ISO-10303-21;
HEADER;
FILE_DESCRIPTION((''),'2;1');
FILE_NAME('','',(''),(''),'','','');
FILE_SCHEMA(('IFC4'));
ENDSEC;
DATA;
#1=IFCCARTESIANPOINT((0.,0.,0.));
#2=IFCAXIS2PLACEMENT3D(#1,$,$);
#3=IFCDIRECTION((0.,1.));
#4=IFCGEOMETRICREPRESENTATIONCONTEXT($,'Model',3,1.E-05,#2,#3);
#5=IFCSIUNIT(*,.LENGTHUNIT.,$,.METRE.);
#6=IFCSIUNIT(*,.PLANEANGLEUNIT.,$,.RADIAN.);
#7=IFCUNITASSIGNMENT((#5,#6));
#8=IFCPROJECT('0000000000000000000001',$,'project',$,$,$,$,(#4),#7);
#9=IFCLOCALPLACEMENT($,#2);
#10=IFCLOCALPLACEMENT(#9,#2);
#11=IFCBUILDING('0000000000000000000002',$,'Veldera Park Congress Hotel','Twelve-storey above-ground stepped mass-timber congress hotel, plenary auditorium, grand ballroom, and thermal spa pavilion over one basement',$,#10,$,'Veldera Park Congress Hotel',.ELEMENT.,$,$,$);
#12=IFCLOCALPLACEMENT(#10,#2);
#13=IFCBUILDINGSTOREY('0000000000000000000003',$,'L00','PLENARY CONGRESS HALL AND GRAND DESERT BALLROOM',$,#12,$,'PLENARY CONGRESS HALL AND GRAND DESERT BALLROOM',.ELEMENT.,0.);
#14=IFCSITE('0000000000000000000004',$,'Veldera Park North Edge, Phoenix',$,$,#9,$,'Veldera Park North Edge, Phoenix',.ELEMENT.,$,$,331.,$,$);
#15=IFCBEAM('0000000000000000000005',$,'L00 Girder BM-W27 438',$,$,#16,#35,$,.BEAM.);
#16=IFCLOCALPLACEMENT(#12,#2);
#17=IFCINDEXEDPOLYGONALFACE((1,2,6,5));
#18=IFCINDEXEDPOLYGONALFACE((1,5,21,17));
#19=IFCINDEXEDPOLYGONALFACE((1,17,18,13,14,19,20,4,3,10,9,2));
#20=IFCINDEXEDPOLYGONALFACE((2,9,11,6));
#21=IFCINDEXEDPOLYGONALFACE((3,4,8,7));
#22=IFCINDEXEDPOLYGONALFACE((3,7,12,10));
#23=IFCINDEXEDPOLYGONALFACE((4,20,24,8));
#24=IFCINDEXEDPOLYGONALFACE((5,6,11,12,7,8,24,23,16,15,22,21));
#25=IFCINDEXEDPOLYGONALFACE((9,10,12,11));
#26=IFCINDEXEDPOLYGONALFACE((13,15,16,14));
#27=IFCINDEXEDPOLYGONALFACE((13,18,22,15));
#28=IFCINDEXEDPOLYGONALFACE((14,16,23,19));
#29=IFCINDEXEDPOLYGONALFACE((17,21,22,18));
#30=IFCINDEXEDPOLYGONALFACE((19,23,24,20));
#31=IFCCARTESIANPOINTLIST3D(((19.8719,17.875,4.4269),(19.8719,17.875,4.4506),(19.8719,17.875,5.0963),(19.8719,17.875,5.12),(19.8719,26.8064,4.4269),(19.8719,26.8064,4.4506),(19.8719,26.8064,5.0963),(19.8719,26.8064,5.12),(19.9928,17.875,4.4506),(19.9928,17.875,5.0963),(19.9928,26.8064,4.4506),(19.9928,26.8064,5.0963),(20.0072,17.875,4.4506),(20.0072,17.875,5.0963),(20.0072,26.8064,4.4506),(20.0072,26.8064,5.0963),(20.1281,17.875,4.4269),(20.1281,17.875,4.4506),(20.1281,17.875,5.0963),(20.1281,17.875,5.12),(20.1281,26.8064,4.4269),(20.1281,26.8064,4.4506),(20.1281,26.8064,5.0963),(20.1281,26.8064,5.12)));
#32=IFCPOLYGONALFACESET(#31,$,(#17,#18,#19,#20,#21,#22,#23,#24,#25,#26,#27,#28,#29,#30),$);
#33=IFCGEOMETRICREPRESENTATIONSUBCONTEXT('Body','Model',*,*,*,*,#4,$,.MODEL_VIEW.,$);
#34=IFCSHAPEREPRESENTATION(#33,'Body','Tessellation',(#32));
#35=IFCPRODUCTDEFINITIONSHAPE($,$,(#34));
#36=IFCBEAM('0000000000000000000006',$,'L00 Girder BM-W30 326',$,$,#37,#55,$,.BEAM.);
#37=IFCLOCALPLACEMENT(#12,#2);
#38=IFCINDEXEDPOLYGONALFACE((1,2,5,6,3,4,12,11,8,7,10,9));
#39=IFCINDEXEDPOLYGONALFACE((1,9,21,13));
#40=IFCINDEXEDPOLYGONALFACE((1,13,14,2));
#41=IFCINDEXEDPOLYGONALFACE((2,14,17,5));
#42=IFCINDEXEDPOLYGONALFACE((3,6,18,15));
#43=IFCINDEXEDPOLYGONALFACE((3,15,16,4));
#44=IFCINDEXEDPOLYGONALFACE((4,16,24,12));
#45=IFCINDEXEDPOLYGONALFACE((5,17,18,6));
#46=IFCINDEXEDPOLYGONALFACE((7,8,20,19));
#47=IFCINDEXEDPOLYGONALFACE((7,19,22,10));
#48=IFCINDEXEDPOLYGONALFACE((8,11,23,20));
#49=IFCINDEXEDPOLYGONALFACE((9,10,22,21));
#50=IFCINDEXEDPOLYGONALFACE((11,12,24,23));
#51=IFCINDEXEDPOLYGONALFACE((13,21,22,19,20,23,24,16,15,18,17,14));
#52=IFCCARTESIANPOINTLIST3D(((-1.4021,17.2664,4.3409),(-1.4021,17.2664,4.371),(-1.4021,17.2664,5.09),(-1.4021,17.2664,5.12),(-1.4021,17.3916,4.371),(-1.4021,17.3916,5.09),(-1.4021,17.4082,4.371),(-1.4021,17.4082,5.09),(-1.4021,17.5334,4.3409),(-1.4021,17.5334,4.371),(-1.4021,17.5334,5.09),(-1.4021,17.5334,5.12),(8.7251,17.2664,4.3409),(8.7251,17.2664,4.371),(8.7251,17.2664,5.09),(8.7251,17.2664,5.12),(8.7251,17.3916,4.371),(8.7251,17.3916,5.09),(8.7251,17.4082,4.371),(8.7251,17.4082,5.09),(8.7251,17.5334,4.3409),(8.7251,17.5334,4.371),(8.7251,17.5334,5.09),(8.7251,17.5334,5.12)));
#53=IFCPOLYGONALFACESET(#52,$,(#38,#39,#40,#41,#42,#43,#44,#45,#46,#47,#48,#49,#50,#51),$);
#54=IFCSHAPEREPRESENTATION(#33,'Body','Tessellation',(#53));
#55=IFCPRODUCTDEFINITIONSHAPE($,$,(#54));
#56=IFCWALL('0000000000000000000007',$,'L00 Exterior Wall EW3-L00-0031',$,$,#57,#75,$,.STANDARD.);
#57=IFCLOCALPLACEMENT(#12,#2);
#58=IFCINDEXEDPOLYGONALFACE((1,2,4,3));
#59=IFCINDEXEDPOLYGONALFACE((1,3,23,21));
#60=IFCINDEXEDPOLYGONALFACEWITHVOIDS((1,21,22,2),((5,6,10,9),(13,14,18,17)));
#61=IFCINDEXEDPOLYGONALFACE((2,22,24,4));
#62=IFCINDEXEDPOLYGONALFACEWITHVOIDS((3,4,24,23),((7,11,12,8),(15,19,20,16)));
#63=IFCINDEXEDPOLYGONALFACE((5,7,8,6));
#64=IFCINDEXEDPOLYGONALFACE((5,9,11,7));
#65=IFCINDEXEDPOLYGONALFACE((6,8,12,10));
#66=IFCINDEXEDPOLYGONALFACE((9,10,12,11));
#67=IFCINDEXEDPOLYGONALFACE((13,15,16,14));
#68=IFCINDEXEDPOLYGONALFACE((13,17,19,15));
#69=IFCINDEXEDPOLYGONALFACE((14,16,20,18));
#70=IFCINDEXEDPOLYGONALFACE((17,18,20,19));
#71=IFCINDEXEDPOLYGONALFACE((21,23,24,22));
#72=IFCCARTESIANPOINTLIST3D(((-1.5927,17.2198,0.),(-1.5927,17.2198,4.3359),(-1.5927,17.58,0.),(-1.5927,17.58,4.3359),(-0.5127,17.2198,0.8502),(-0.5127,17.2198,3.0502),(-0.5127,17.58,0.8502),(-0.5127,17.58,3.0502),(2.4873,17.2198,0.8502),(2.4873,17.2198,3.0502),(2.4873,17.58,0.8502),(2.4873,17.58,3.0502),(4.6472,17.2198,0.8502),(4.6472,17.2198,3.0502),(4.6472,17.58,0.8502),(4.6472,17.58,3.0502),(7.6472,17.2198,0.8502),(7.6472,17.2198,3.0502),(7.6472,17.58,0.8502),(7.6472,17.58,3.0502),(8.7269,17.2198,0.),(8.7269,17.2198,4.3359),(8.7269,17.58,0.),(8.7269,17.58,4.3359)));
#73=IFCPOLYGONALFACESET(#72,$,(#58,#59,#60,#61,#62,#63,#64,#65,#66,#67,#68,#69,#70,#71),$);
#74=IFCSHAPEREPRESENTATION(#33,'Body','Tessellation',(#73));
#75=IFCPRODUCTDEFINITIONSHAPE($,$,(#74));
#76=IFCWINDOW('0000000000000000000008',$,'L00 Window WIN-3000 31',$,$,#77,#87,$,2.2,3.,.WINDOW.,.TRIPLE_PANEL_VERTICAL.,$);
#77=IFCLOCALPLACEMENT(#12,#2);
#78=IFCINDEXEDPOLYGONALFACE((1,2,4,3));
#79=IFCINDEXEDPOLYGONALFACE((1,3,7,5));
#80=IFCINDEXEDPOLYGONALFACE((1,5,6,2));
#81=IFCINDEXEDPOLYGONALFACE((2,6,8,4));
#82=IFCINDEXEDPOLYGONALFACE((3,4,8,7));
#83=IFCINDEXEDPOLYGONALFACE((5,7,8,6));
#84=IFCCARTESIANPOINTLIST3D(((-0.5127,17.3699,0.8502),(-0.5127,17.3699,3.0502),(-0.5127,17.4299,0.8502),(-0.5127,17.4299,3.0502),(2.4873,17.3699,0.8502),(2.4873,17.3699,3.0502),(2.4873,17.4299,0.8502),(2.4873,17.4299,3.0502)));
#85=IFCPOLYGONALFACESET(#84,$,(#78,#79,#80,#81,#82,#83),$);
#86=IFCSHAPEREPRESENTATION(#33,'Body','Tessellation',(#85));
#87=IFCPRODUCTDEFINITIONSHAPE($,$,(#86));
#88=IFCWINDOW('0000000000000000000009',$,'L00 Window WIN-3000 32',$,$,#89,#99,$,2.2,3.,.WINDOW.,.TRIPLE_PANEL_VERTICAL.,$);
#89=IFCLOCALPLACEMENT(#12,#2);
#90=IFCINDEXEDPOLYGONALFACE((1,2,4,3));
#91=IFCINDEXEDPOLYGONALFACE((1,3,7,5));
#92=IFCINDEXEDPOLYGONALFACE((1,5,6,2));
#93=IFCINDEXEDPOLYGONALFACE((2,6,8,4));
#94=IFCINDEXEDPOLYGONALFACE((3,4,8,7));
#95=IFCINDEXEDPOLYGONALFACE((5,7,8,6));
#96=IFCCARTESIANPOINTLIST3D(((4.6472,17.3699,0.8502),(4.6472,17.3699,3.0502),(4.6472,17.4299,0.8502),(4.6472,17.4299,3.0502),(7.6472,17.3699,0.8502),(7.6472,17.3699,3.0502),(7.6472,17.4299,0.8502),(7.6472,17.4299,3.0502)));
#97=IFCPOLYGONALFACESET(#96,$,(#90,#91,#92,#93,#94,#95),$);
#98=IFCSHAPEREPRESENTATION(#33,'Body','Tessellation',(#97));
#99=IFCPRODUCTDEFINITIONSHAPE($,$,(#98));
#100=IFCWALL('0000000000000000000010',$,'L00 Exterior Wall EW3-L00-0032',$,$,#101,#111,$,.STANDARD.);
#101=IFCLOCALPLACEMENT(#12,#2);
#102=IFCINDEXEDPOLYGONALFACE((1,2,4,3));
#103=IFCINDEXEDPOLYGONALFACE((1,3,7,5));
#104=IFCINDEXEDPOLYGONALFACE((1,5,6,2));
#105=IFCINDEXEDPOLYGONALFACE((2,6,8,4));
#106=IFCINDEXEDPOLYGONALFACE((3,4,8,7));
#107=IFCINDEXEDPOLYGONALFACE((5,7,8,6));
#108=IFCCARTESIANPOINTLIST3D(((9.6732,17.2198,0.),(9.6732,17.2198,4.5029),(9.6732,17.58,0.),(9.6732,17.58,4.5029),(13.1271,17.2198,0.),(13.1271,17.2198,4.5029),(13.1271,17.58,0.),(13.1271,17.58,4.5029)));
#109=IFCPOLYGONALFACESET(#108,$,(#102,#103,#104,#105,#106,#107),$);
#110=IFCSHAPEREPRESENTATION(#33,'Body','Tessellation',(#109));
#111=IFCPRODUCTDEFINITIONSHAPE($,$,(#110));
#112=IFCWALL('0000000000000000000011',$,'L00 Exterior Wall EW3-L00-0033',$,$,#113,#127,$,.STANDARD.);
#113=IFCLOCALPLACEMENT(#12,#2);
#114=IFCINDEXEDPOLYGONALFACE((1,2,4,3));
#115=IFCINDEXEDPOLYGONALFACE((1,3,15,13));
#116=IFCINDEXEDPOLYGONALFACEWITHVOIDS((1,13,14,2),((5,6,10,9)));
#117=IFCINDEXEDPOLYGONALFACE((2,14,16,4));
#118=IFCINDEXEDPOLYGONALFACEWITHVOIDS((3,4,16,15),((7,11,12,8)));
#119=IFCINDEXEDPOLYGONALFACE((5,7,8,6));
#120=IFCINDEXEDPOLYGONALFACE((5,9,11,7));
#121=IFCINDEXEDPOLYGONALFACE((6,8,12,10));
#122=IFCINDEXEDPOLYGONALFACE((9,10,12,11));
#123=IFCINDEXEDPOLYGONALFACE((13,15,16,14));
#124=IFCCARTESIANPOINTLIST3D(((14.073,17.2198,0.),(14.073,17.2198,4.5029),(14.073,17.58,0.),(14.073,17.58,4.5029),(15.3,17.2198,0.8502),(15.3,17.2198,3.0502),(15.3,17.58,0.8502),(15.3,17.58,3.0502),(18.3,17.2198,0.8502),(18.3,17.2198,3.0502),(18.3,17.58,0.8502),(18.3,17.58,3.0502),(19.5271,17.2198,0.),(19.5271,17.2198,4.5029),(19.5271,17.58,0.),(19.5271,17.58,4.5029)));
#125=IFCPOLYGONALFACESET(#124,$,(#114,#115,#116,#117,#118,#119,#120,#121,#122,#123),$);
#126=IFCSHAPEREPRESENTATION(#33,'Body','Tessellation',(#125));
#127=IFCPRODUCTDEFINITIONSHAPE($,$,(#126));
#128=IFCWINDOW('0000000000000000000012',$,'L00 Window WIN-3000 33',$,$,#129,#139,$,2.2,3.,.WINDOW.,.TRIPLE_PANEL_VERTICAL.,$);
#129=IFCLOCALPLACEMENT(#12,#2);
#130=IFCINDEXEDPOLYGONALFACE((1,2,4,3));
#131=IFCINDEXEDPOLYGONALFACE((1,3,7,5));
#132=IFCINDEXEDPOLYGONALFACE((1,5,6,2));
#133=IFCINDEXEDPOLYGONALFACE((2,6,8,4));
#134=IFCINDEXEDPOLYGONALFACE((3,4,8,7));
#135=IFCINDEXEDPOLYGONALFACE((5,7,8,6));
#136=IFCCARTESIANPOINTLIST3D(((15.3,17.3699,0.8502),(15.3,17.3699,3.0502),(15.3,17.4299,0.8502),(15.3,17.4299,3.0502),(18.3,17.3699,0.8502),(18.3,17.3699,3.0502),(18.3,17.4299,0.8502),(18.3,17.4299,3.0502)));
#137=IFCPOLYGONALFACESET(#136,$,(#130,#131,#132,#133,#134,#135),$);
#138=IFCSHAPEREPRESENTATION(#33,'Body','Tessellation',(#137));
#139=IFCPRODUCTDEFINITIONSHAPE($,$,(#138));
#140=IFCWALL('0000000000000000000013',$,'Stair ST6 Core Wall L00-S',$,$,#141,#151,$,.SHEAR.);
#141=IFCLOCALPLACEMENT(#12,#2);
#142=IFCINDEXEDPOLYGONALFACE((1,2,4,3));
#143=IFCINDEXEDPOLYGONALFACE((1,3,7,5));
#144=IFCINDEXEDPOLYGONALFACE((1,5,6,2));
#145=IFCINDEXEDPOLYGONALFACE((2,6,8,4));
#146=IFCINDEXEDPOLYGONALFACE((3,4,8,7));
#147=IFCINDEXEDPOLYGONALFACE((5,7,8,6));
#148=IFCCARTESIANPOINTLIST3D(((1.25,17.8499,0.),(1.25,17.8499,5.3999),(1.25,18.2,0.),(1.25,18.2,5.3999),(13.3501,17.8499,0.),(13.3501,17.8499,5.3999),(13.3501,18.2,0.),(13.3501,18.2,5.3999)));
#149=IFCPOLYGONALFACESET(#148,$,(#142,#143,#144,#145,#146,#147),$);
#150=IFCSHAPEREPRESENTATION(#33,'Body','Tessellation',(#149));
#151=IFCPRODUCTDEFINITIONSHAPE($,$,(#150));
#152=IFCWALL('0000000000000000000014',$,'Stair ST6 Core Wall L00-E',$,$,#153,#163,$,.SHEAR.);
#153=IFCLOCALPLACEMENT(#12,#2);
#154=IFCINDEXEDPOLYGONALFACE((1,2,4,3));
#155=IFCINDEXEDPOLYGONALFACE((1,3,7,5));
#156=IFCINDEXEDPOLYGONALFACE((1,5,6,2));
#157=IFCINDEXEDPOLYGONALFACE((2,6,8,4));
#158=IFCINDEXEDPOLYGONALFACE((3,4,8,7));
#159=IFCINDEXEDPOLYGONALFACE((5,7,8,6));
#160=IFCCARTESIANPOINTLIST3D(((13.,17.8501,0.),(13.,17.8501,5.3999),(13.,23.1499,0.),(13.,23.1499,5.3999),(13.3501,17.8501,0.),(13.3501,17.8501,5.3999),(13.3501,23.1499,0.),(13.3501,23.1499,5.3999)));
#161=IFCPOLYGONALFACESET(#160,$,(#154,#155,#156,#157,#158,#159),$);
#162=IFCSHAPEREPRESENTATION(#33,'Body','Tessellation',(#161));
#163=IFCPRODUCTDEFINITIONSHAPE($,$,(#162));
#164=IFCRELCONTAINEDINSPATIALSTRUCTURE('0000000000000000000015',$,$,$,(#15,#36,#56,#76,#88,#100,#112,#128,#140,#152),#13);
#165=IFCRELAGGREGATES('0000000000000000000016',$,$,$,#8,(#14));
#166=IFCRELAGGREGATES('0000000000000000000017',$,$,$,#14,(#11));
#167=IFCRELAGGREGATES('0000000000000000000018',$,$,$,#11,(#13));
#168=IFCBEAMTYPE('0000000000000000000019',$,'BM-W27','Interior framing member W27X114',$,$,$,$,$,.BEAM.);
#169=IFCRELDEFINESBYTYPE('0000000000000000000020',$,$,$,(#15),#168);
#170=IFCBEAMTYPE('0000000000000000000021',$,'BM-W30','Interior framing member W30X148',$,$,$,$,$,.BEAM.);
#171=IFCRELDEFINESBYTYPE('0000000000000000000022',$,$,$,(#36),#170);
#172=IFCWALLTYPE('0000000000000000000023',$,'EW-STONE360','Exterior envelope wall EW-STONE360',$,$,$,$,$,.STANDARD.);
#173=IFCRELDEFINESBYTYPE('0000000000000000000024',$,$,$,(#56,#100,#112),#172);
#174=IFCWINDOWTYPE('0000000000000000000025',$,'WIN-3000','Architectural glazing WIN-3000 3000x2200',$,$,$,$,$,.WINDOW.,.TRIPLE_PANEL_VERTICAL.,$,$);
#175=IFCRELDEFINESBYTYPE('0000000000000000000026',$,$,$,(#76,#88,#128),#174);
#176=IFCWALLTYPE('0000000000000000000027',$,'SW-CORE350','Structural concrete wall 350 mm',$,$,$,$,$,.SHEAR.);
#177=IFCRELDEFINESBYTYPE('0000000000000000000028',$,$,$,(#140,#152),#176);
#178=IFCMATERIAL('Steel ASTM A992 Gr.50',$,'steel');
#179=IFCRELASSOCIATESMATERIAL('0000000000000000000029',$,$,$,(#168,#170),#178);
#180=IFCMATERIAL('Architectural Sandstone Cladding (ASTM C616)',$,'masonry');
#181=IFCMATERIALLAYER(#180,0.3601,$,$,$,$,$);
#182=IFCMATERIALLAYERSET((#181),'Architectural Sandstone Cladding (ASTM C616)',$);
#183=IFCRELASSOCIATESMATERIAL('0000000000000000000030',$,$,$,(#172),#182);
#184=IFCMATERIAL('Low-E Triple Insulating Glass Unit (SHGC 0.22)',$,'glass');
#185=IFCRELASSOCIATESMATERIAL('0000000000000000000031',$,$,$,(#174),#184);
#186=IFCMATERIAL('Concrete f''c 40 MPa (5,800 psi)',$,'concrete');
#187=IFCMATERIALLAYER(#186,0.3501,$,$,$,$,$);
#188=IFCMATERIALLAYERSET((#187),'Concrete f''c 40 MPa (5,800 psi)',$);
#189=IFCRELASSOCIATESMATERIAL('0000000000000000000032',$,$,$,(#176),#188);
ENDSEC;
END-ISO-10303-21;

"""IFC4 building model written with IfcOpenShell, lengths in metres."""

from ifc_helpers import new_model, si_unit, direction, frame, frame_2d, origin, origin_2d, place, context, subcontext, project, spatial, rectangle, i_section, extrude, material, layer, layer_set, material_profile, profile_set, type_object, element, fill, save


model = new_model("IFC4")

# Units and contexts
model_context = context("Model", 3, precision=1e-05, world=origin(), true_north=direction((0.0, 1.0)))
body_context = subcontext(model_context, "Body", "Model", "MODEL_VIEW")
ifc_project = project(units=[si_unit("LENGTHUNIT", "METRE"), si_unit("PLANEANGLEUNIT", "RADIAN")], contexts=[model_context])

# Site, building, storey
site_placement = place(None, origin())
site = spatial("IfcSite", under=ifc_project, at=site_placement, Name="Veldera Park North Edge, Phoenix", LongName="Veldera Park North Edge, Phoenix", CompositionType="ELEMENT", RefElevation=331.0)
building_placement = place(site_placement, origin())
building = spatial("IfcBuilding", under=site, at=building_placement, Name="Veldera Park Congress Hotel", Description="Twelve-storey above-ground stepped mass-timber congress hotel, plenary auditorium, grand ballroom, and thermal spa pavilion over one basement", LongName="Veldera Park Congress Hotel", CompositionType="ELEMENT")
storey_placement = place(building_placement, origin())
storey = spatial("IfcBuildingStorey", under=building, at=storey_placement, Name="L00", Description="PLENARY CONGRESS HALL AND GRAND DESERT BALLROOM", LongName="PLENARY CONGRESS HALL AND GRAND DESERT BALLROOM", CompositionType="ELEMENT", Elevation=0.0)

# Beams
ifc_material_1 = material(Name="Steel ASTM A992 Gr.50", Category="steel")
ifc_material_profile_1 = material_profile(ifc_material_1, i_section(OverallWidth=0.2561, OverallDepth=0.6931, WebThickness=0.0144, FlangeThickness=0.0237, at=origin_2d()), Name="W27X114")
ifc_profile_set_1 = profile_set([ifc_material_profile_1], Name="Steel ASTM A992 Gr.50")
beam_type_1 = type_object("IfcBeamType", Name="BM-W27", Description="Interior framing member W27X114", PredefinedType="BEAM", material=ifc_profile_set_1)
beam_1_placement = place(storey_placement, frame((20.0, 17.875, 4.7734), z_axis=(0.0, 1.0, 0.0), x_axis=(-1.0, 0.0, 0.0)))
element("IfcBeam", 1, at=beam_1_placement, inside=storey, type_object=beam_type_1, Name="L00 Girder BM-W27 438", PredefinedType="BEAM", context=body_context, shape_type="SweptSolid", body=[
    extrude(i_section(OverallWidth=0.2561, OverallDepth=0.6931, WebThickness=0.0144, FlangeThickness=0.0237, at=origin_2d()), origin(), (0.0, 0.0, 1.0), 8.9314),
])
ifc_material_profile_2 = material_profile(ifc_material_1, i_section(OverallWidth=0.2671, OverallDepth=0.7791, WebThickness=0.0166, FlangeThickness=0.03, at=origin_2d()), Name="W30X148")
ifc_profile_set_2 = profile_set([ifc_material_profile_2], Name="Steel ASTM A992 Gr.50")
beam_type_2 = type_object("IfcBeamType", Name="BM-W30", Description="Interior framing member W30X148", PredefinedType="BEAM", material=ifc_profile_set_2)
beam_2_placement = place(storey_placement, frame((-1.4021, 17.3999, 4.7305), z_axis=(1.0, 0.0, 0.0), x_axis=(0.0, 1.0, 0.0)))
element("IfcBeam", 2, at=beam_2_placement, inside=storey, type_object=beam_type_2, Name="L00 Girder BM-W30 326", PredefinedType="BEAM", context=body_context, shape_type="SweptSolid", body=[
    extrude(i_section(OverallWidth=0.2671, OverallDepth=0.7791, WebThickness=0.0166, FlangeThickness=0.03, at=origin_2d()), origin(), (0.0, 0.0, 1.0), 10.1272),
])

# Wall, openings, windows
ifc_material_2 = material(Name="Architectural Sandstone Cladding (ASTM C616)", Category="masonry")
ifc_layer_1 = layer(ifc_material_2, 0.3601)
ifc_layer_set_1 = layer_set([ifc_layer_1], Name="Architectural Sandstone Cladding (ASTM C616)")
wall_type_1 = type_object("IfcWallType", Name="EW-STONE360", Description="Exterior envelope wall EW-STONE360", PredefinedType="STANDARD", material=ifc_layer_set_1)
wall_1_placement = place(storey_placement, frame((-1.5925, 17.3999, 0.0), z_axis=(0.0, 0.0, 1.0), x_axis=(1.0, 0.0, 0.0)))
wall_1 = element("IfcWall", 3, at=wall_1_placement, inside=storey, type_object=wall_type_1, Name="L00 Exterior Wall EW3-L00-0031", PredefinedType="STANDARD", context=body_context, shape_type="SweptSolid", body=[
    extrude(rectangle(XDim=10.3196, YDim=0.3601, at=frame_2d((5.1597, 0.0))), origin(), (0.0, 0.0, 1.0), 4.3359),
])
opening_1_placement = place(wall_1_placement, frame((1.0798, 0.0, 0.8501)))
opening_1 = element("IfcOpeningElement", 4, at=opening_1_placement, cuts=wall_1, PredefinedType="OPENING", context=body_context, shape_type="SweptSolid", body=[
    extrude(rectangle(XDim=3.0, YDim=2.2, at=frame_2d((1.5, 1.1001))), frame((0.0, 0.1921, 0.0), z_axis=(0.0, -1.0, 0.0), x_axis=(1.0, 0.0, 0.0)), (0.0, 0.0, 1.0), 0.384),
])
opening_2_placement = place(wall_1_placement, frame((6.2397, 0.0, 0.8501)))
opening_2 = element("IfcOpeningElement", 5, at=opening_2_placement, cuts=wall_1, PredefinedType="OPENING", context=body_context, shape_type="SweptSolid", body=[
    extrude(rectangle(XDim=3.0, YDim=2.2, at=frame_2d((1.5, 1.1001))), frame((0.0, 0.1921, 0.0), z_axis=(0.0, -1.0, 0.0), x_axis=(1.0, 0.0, 0.0)), (0.0, 0.0, 1.0), 0.384),
])
ifc_material_3 = material(Name="Low-E Triple Insulating Glass Unit (SHGC 0.22)", Category="glass")
window_type = type_object("IfcWindowType", Name="WIN-3000", Description="Architectural glazing WIN-3000 3000x2200", PartitioningType="TRIPLE_PANEL_VERTICAL", PredefinedType="WINDOW", material=ifc_material_3)
window_1_placement = place(opening_1_placement, origin())
window_1 = element("IfcWindow", 6, at=window_1_placement, inside=storey, type_object=window_type, Name="L00 Window WIN-3000 31", OverallHeight=2.2, OverallWidth=3.0, PartitioningType="TRIPLE_PANEL_VERTICAL", PredefinedType="WINDOW", context=body_context, shape_type="SweptSolid", body=[
    extrude(rectangle(XDim=3.0, YDim=2.2, at=frame_2d((1.5, 1.1001))), frame((0.0, 0.03, 0.0), z_axis=(0.0, -1.0, 0.0), x_axis=(1.0, 0.0, 0.0)), (0.0, 0.0, 1.0), 0.0601),
])
fill(opening_1, window_1)
window_2_placement = place(opening_2_placement, origin())
window_2 = element("IfcWindow", 7, at=window_2_placement, inside=storey, type_object=window_type, Name="L00 Window WIN-3000 32", OverallHeight=2.2, OverallWidth=3.0, PartitioningType="TRIPLE_PANEL_VERTICAL", PredefinedType="WINDOW", context=body_context, shape_type="SweptSolid", body=[
    extrude(rectangle(XDim=3.0, YDim=2.2, at=frame_2d((1.5, 1.1001))), frame((0.0, 0.03, 0.0), z_axis=(0.0, -1.0, 0.0), x_axis=(1.0, 0.0, 0.0)), (0.0, 0.0, 1.0), 0.0601),
])
fill(opening_2, window_2)

# Wall
wall_2_placement = place(storey_placement, frame((9.6731, 17.3999, 0.0), z_axis=(0.0, 0.0, 1.0), x_axis=(1.0, 0.0, 0.0)))
element("IfcWall", 8, at=wall_2_placement, inside=storey, type_object=wall_type_1, Name="L00 Exterior Wall EW3-L00-0032", PredefinedType="STANDARD", context=body_context, shape_type="SweptSolid", body=[
    extrude(rectangle(XDim=3.4539, YDim=0.3601, at=frame_2d((1.7271, 0.0))), origin(), (0.0, 0.0, 1.0), 4.5029),
])

# Wall, opening, window
wall_3_placement = place(storey_placement, frame((14.073, 17.3999, 0.0), z_axis=(0.0, 0.0, 1.0), x_axis=(1.0, 0.0, 0.0)))
wall_3 = element("IfcWall", 9, at=wall_3_placement, inside=storey, type_object=wall_type_1, Name="L00 Exterior Wall EW3-L00-0033", PredefinedType="STANDARD", context=body_context, shape_type="SweptSolid", body=[
    extrude(rectangle(XDim=5.4541, YDim=0.3601, at=frame_2d((2.7271, 0.0))), origin(), (0.0, 0.0, 1.0), 4.5029),
])
opening_3_placement = place(wall_3_placement, frame((1.2271, 0.0, 0.8501)))
opening_3 = element("IfcOpeningElement", 10, at=opening_3_placement, cuts=wall_3, PredefinedType="OPENING", context=body_context, shape_type="SweptSolid", body=[
    extrude(rectangle(XDim=3.0, YDim=2.2, at=frame_2d((1.5, 1.1001))), frame((0.0, 0.1921, 0.0), z_axis=(0.0, -1.0, 0.0), x_axis=(1.0, 0.0, 0.0)), (0.0, 0.0, 1.0), 0.384),
])
window_3_placement = place(opening_3_placement, origin())
window_3 = element("IfcWindow", 11, at=window_3_placement, inside=storey, type_object=window_type, Name="L00 Window WIN-3000 33", OverallHeight=2.2, OverallWidth=3.0, PartitioningType="TRIPLE_PANEL_VERTICAL", PredefinedType="WINDOW", context=body_context, shape_type="SweptSolid", body=[
    extrude(rectangle(XDim=3.0, YDim=2.2, at=frame_2d((1.5, 1.1001))), frame((0.0, 0.03, 0.0), z_axis=(0.0, -1.0, 0.0), x_axis=(1.0, 0.0, 0.0)), (0.0, 0.0, 1.0), 0.0601),
])
fill(opening_3, window_3)

# Walls
ifc_material_4 = material(Name="Concrete f'c 40 MPa (5,800 psi)", Category="concrete")
ifc_layer_2 = layer(ifc_material_4, 0.3501)
ifc_layer_set_2 = layer_set([ifc_layer_2], Name="Concrete f'c 40 MPa (5,800 psi)")
wall_type_2 = type_object("IfcWallType", Name="SW-CORE350", Description="Structural concrete wall 350 mm", PredefinedType="SHEAR", material=ifc_layer_set_2)
wall_4_placement = place(storey_placement, frame((1.25, 18.0249, 0.0), z_axis=(0.0, 0.0, 1.0), x_axis=(1.0, 0.0, 0.0)))
element("IfcWall", 12, at=wall_4_placement, inside=storey, type_object=wall_type_2, Name="Stair ST6 Core Wall L00-S", PredefinedType="SHEAR", context=body_context, shape_type="SweptSolid", body=[
    extrude(rectangle(XDim=12.1001, YDim=0.3501, at=frame_2d((6.05, 0.0))), origin(), (0.0, 0.0, 1.0), 5.3999),
])
wall_5_placement = place(storey_placement, frame((13.175, 17.8501, 0.0), z_axis=(0.0, 0.0, 1.0), x_axis=(0.0, 1.0, 0.0)))
element("IfcWall", 13, at=wall_5_placement, inside=storey, type_object=wall_type_2, Name="Stair ST6 Core Wall L00-E", PredefinedType="SHEAR", context=body_context, shape_type="SweptSolid", body=[
    extrude(rectangle(XDim=5.2998, YDim=0.3501, at=frame_2d((2.6499, 0.0))), origin(), (0.0, 0.0, 1.0), 5.3999),
])

save(model, "model.ifc")
